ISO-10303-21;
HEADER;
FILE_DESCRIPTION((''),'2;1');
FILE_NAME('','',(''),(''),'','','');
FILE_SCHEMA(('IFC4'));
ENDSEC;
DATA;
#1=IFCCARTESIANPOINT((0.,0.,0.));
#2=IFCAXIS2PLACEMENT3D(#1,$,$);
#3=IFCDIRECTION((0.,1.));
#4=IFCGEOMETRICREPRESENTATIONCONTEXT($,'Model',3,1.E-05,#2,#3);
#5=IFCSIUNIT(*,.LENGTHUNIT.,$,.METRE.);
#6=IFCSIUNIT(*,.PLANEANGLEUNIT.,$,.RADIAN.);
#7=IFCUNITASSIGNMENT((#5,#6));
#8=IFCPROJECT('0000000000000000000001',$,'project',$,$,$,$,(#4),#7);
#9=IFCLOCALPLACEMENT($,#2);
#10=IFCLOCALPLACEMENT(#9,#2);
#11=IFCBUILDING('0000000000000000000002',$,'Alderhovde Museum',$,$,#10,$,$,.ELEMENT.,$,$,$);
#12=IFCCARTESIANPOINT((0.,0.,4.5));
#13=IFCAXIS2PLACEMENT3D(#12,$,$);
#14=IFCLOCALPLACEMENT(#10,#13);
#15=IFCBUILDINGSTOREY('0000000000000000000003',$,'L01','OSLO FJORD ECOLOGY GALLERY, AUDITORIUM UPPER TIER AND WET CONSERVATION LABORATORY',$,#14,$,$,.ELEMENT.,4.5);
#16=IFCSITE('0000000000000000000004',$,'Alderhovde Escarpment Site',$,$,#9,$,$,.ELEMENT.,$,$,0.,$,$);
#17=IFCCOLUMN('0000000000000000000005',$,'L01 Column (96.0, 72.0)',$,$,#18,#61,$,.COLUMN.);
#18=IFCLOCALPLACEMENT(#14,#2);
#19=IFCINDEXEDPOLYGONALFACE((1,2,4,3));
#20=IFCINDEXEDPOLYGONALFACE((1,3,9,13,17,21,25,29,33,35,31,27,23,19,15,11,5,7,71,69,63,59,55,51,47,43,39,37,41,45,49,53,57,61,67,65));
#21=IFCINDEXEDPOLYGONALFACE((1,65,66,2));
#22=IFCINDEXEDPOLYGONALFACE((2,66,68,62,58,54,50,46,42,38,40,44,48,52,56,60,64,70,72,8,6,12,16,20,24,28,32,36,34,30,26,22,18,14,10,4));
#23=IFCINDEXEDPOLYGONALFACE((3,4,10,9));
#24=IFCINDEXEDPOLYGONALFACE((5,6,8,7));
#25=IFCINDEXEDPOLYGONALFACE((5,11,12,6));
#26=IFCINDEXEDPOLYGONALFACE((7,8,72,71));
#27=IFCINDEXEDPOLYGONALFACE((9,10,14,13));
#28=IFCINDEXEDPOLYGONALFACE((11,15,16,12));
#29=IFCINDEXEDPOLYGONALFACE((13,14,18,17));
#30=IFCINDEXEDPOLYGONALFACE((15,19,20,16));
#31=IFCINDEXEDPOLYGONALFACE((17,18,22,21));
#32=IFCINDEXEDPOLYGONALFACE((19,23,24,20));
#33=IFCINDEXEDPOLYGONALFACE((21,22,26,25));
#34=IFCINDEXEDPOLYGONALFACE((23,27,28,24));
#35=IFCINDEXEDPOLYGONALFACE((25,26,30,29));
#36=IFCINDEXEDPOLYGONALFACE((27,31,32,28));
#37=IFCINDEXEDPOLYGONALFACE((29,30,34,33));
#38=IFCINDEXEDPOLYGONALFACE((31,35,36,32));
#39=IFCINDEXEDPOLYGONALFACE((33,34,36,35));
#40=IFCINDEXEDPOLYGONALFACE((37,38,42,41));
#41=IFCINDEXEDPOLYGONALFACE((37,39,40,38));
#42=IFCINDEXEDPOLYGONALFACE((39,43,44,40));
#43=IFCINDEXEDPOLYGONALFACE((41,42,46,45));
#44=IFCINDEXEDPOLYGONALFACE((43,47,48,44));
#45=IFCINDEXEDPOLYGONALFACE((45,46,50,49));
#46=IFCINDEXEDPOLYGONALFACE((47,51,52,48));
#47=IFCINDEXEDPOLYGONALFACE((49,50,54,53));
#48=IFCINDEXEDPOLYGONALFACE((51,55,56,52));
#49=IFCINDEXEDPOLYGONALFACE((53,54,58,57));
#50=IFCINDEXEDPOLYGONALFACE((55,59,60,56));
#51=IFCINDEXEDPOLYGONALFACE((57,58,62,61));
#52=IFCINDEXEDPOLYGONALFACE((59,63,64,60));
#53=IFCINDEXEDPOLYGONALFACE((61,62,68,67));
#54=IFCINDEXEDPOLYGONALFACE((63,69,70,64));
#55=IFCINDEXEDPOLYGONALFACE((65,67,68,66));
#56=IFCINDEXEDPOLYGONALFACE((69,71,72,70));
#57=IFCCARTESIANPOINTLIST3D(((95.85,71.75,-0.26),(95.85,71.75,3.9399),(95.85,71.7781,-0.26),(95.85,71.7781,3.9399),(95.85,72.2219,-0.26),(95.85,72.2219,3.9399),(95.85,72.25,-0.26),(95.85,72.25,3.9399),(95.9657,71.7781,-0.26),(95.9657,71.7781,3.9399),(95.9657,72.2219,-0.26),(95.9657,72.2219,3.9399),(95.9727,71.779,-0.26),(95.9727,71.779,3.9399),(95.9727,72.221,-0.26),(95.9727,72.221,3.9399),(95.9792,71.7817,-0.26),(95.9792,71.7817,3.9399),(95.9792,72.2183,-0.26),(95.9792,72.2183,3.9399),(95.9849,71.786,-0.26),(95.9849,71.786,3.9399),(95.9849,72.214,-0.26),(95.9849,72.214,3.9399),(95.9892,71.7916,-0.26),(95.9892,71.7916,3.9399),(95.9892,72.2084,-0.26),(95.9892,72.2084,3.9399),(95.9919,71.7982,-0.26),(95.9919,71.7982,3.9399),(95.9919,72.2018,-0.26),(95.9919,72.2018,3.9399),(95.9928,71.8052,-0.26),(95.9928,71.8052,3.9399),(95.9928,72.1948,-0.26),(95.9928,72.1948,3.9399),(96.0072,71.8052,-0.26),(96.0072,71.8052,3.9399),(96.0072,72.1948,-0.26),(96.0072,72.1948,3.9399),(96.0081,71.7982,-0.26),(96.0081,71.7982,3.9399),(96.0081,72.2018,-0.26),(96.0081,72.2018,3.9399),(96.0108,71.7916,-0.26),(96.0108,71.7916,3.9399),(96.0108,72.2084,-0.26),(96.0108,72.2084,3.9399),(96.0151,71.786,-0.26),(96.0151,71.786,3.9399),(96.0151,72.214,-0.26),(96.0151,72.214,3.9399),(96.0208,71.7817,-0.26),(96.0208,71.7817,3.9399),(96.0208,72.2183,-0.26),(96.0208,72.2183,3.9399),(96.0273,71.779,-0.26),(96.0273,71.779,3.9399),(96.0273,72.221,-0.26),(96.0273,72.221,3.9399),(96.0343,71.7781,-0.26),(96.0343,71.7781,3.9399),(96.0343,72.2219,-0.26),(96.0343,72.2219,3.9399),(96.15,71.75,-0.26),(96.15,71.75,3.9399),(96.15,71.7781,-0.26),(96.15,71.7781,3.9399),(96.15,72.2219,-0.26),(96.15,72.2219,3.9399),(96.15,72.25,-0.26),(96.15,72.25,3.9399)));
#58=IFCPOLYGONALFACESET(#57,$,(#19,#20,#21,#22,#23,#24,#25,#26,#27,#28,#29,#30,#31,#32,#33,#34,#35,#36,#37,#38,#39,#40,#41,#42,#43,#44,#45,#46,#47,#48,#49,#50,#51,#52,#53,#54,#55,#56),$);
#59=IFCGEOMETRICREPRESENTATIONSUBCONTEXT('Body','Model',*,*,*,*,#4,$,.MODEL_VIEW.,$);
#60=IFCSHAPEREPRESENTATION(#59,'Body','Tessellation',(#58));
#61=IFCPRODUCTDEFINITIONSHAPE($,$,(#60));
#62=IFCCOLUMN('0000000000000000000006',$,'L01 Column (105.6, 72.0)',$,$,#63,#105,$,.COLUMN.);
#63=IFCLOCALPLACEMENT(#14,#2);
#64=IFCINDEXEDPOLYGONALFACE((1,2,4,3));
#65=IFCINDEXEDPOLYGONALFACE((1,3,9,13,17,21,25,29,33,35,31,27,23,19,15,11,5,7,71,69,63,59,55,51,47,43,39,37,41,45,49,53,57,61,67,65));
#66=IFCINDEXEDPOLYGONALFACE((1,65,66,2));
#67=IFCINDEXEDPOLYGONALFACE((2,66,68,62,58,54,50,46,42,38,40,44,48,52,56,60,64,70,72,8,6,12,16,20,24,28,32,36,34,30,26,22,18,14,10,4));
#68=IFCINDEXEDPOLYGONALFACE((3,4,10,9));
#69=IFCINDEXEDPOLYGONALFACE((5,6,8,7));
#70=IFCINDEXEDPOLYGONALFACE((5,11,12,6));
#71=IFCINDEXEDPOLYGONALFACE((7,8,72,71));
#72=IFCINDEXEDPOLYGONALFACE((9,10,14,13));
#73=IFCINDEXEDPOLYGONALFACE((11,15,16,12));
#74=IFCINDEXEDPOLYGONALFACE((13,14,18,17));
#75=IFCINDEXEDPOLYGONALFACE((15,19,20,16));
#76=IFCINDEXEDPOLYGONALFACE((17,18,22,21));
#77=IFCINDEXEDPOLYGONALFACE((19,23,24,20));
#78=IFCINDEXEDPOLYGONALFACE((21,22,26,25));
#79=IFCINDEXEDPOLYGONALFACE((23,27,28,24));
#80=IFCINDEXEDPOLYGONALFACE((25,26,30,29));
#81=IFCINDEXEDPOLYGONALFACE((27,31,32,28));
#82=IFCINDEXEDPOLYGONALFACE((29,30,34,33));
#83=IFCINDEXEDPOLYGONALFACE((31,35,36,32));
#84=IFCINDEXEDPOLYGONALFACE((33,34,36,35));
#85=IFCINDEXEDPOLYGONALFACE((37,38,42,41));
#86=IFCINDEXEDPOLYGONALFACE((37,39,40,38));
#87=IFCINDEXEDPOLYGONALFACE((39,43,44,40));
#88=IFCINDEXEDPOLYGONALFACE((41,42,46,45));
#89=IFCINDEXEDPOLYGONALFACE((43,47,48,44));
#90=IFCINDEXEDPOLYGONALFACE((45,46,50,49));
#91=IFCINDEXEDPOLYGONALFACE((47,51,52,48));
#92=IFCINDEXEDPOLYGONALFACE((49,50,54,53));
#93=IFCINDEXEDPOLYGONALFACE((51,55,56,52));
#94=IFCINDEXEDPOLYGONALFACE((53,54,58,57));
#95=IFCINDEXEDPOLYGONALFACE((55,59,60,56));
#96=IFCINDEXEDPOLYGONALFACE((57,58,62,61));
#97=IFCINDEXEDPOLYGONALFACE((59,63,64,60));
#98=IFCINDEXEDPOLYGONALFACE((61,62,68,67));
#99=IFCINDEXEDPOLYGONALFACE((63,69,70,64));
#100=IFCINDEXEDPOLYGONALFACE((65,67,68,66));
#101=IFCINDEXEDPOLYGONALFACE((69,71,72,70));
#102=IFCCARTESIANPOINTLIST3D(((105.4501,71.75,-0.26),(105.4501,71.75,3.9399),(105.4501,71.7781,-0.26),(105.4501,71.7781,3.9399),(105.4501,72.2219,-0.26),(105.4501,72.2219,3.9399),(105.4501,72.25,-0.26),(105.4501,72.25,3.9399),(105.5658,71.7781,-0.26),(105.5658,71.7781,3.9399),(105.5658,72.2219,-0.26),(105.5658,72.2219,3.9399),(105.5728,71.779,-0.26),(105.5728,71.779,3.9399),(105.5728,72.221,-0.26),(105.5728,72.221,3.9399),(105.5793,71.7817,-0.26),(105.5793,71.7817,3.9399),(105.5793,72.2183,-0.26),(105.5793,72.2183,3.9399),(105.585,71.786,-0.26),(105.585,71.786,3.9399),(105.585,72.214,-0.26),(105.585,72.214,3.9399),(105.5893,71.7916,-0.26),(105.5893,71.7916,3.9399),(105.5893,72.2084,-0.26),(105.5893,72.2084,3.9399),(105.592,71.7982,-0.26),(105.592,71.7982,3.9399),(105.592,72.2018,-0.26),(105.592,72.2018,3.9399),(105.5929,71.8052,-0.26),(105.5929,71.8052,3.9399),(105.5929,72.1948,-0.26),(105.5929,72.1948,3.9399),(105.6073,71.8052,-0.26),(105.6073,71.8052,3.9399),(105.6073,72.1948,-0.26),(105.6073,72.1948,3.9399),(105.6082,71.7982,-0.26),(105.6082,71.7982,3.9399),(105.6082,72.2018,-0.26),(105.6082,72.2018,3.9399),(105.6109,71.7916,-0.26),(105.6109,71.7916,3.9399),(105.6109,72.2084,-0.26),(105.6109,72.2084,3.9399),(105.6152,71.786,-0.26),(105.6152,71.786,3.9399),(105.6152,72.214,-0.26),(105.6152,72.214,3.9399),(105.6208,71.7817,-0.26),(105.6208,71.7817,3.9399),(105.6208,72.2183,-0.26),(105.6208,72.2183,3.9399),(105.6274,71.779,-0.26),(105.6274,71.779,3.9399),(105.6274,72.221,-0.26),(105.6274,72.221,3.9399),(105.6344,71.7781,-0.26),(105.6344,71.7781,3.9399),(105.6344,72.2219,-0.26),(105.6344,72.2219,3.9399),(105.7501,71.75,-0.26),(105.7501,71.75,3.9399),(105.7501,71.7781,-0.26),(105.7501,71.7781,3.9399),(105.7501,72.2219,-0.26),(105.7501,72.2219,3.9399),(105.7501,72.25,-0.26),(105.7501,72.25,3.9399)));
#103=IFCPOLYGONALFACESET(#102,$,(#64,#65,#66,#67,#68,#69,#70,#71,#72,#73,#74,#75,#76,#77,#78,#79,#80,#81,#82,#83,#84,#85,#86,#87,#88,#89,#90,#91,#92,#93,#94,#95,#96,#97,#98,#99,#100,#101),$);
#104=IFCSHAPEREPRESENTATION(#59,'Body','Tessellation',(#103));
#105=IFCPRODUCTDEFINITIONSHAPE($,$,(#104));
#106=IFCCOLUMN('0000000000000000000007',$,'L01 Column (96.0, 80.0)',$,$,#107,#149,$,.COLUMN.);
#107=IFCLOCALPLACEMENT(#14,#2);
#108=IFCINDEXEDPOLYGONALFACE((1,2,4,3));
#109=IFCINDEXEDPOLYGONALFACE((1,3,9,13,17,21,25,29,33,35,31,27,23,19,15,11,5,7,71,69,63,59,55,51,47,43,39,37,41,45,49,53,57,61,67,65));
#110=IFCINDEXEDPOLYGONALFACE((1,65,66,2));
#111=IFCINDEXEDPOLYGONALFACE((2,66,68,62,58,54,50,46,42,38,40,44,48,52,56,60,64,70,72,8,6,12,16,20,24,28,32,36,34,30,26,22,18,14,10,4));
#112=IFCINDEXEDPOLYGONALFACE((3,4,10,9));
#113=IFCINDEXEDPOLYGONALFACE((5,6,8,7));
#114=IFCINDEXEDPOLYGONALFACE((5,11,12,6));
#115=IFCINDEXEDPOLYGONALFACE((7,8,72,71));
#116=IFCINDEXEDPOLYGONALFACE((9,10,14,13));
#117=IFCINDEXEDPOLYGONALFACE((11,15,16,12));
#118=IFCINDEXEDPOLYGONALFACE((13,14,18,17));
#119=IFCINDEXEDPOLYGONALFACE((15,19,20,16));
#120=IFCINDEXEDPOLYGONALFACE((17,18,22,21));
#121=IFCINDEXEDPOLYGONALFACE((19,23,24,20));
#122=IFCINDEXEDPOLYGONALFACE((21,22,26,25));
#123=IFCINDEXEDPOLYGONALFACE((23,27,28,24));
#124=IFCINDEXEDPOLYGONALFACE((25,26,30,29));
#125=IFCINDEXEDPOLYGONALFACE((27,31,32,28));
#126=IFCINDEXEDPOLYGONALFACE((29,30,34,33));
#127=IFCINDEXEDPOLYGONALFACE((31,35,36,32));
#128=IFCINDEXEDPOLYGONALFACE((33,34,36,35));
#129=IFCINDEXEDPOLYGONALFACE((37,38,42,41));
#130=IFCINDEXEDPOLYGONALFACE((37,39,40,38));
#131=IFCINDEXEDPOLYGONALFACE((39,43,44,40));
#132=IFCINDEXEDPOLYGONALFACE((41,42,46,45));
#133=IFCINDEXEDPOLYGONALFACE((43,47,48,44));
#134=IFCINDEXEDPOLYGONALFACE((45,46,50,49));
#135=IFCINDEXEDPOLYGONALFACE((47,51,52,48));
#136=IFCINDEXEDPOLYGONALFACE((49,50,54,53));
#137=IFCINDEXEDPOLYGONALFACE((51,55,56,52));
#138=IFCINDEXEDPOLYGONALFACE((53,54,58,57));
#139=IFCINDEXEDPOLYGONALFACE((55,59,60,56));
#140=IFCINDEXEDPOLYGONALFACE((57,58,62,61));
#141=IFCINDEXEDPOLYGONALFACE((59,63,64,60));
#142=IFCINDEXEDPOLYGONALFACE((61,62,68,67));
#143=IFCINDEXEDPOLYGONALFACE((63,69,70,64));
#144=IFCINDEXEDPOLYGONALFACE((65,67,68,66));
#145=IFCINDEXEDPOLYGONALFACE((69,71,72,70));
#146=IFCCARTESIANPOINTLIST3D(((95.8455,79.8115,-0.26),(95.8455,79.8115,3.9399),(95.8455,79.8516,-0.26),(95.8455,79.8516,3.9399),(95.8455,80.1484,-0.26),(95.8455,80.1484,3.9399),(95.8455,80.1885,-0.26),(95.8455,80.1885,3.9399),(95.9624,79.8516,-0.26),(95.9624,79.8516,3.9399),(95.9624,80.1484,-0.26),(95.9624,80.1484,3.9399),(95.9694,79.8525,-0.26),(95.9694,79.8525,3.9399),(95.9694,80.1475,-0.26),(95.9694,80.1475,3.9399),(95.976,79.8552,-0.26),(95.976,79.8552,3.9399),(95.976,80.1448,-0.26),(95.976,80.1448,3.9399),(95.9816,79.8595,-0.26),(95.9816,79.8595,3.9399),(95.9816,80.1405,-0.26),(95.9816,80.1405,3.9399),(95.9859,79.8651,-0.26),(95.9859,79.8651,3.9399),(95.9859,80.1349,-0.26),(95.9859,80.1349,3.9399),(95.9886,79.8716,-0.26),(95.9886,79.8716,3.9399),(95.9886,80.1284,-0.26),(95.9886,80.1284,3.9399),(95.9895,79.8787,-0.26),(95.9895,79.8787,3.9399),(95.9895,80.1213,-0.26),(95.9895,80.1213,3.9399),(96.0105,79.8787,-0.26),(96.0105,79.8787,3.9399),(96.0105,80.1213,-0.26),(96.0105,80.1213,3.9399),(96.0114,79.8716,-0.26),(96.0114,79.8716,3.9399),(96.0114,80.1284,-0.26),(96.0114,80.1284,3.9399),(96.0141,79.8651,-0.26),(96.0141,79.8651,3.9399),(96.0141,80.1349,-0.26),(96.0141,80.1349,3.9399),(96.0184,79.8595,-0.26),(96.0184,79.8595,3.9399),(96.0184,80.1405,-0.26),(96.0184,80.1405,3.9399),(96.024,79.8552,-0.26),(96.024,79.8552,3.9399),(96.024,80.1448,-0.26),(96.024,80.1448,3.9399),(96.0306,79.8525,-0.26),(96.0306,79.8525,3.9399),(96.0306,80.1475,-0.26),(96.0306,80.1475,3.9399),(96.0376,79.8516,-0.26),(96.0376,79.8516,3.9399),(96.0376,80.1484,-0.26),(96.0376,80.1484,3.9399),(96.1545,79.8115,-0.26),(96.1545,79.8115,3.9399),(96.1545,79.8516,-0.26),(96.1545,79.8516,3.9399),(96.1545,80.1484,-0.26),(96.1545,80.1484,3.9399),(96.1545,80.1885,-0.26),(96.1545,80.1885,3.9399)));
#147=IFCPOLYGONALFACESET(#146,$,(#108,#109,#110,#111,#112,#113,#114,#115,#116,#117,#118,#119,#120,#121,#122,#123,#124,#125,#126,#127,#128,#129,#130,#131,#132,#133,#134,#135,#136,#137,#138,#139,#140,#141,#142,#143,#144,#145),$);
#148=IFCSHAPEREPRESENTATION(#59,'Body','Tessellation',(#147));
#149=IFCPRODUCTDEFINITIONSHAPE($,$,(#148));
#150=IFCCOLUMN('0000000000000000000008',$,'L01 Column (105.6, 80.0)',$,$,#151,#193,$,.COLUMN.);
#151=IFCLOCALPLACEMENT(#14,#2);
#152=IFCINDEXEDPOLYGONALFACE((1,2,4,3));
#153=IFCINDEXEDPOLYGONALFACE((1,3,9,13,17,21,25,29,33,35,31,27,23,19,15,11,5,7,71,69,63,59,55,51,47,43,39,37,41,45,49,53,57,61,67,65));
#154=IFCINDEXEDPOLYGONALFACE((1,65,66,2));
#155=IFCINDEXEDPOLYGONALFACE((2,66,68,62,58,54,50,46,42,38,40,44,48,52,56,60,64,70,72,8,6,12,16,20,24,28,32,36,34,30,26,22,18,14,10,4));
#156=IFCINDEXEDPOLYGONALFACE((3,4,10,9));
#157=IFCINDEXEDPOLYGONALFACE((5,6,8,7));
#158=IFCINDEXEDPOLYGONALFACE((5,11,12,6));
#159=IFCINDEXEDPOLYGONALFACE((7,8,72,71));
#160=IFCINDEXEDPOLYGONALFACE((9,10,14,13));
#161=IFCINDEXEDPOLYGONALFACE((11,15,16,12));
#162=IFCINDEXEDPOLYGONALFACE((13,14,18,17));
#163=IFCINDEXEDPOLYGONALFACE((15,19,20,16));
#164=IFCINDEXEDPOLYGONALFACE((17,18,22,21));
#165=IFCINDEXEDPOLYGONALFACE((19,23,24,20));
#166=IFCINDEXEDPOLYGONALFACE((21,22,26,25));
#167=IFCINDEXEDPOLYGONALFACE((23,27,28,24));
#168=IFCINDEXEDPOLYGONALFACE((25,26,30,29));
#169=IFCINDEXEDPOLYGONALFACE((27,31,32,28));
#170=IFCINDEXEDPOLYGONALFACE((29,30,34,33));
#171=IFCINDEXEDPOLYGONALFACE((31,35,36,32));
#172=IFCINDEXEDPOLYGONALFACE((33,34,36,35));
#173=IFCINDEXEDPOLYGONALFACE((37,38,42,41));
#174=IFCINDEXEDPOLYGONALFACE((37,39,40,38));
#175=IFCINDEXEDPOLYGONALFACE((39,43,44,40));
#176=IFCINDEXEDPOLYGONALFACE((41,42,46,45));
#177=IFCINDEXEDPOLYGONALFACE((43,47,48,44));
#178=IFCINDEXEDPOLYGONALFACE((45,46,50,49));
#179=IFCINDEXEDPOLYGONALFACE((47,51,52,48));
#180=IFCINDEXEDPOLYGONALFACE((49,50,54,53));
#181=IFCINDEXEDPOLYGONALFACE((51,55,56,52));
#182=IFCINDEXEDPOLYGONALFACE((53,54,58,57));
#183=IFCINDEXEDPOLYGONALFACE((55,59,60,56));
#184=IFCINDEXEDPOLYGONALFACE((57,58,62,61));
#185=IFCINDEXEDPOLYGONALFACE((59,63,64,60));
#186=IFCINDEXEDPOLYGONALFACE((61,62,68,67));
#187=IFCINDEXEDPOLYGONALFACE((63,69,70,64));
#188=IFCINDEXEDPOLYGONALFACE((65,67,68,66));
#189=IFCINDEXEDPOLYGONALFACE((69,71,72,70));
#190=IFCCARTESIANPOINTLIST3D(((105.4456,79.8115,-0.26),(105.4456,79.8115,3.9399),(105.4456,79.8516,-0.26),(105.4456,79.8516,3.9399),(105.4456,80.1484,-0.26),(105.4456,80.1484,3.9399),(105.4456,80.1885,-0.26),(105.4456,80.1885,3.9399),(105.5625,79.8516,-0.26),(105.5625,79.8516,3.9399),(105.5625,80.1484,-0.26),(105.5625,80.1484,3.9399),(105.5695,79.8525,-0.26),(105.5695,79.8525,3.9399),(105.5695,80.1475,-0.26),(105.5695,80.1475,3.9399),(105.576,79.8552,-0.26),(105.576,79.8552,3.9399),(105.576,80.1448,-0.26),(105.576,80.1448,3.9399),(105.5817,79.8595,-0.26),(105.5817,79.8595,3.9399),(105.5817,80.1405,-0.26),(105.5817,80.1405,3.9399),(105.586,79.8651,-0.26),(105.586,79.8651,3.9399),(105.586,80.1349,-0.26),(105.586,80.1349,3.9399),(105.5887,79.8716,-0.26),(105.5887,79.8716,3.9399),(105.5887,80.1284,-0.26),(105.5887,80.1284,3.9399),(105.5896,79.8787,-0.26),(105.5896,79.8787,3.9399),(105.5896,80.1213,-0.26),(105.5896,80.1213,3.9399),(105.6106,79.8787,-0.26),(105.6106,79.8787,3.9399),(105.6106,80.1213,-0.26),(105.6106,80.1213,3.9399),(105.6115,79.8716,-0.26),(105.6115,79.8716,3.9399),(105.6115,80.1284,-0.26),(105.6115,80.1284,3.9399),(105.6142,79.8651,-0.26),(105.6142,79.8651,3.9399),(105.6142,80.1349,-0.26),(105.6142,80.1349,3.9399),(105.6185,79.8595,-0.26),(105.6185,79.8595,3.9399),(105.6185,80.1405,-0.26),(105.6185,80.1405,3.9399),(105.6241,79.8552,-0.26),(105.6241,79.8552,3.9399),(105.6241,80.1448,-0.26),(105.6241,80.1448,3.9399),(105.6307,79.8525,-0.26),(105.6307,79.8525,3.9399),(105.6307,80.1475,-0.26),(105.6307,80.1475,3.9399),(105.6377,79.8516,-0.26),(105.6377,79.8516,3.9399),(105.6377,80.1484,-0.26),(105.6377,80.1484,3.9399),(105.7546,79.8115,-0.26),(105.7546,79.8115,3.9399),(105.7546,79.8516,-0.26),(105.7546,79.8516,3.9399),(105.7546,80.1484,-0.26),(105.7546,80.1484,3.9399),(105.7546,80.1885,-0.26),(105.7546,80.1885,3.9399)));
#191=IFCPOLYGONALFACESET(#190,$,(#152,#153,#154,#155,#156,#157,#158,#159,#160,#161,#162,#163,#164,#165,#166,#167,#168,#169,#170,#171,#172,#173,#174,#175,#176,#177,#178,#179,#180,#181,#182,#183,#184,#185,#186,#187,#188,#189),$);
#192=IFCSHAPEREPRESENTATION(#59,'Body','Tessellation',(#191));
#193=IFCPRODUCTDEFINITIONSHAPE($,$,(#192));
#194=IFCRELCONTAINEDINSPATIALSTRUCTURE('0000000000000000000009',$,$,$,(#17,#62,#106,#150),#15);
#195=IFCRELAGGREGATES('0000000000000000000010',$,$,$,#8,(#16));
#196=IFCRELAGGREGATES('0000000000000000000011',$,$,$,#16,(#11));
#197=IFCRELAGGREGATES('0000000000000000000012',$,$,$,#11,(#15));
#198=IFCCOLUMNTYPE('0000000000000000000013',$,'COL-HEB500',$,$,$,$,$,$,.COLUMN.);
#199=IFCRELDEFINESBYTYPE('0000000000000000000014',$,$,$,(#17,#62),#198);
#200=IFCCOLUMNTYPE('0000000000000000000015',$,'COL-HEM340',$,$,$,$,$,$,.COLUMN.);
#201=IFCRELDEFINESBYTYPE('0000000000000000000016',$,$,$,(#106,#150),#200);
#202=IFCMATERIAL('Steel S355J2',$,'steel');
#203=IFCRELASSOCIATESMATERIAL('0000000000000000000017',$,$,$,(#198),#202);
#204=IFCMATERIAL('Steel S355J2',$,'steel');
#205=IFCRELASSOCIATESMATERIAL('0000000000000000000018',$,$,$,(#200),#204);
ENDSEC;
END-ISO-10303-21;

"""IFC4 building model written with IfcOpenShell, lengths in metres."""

from ifc_helpers import new_model, si_unit, direction, frame, origin, origin_2d, place, context, subcontext, project, spatial, i_section, extrude, material, material_profile, profile_set, type_object, element, save


model = new_model("IFC4")

# Units and contexts
model_context = context("Model", 3, precision=1e-05, world=origin(), true_north=direction((0.0, 1.0)))
body_context = subcontext(model_context, "Body", "Model", "MODEL_VIEW")
ifc_project = project(units=[si_unit("LENGTHUNIT", "METRE"), si_unit("PLANEANGLEUNIT", "RADIAN")], contexts=[model_context])

# Site, building, storey
site_placement = place(None, origin())
site = spatial("IfcSite", under=ifc_project, at=site_placement, Name="Alderhovde Escarpment Site", CompositionType="ELEMENT", RefElevation=0.0)
building_placement = place(site_placement, origin())
building = spatial("IfcBuilding", under=site, at=building_placement, Name="Alderhovde Museum", CompositionType="ELEMENT")
storey_placement = place(building_placement, frame((0.0, 0.0, 4.5)))
storey = spatial("IfcBuildingStorey", under=building, at=storey_placement, Name="L01", Description="OSLO FJORD ECOLOGY GALLERY, AUDITORIUM UPPER TIER AND WET CONSERVATION LABORATORY", CompositionType="ELEMENT", Elevation=4.5)

# Columns
ifc_material_1 = material(Name="Steel S355J2", Category="steel")
ifc_material_profile_1 = material_profile(ifc_material_1, i_section(OverallWidth=0.3, OverallDepth=0.5, WebThickness=0.0144, FlangeThickness=0.0281, FilletRadius=0.0271, at=origin_2d()), Name="HEB 500")
ifc_profile_set_1 = profile_set([ifc_material_profile_1], Name="Steel S355J2")
column_type_1 = type_object("IfcColumnType", Name="COL-HEB500", PredefinedType="COLUMN", material=ifc_profile_set_1)
for number, where, z_axis, x_axis, name in (
    (1, (96.0, 72.0, -0.26), (0.0, 0.0, 1.0), (1.0, 0.0, 0.0), "L01 Column (96.0, 72.0)"),
    (2, (105.6001, 72.0, -0.26), (0.0, 0.0, 1.0), (1.0, 0.0, 0.0), "L01 Column (105.6, 72.0)"),
):
    element("IfcColumn", number, at=place(storey_placement, frame(where, z_axis=z_axis, x_axis=x_axis)), inside=storey, type_object=column_type_1, Name=name, PredefinedType="COLUMN", context=body_context, shape_type="SweptSolid", body=[
        extrude(i_section(OverallWidth=0.3, OverallDepth=0.5, WebThickness=0.0144, FlangeThickness=0.0281, FilletRadius=0.0271, at=origin_2d()), origin(), (0.0, 0.0, 1.0), 4.2),
    ])
ifc_material_2 = material(Name="Steel S355J2", Category="steel")
ifc_material_profile_2 = material_profile(ifc_material_2, i_section(OverallWidth=0.3091, OverallDepth=0.377, WebThickness=0.021, FlangeThickness=0.04, FilletRadius=0.0271, at=origin_2d()), Name="HEM 340")
ifc_profile_set_2 = profile_set([ifc_material_profile_2], Name="Steel S355J2")
column_type_2 = type_object("IfcColumnType", Name="COL-HEM340", PredefinedType="COLUMN", material=ifc_profile_set_2)
for number, where, z_axis, x_axis, name in (
    (3, (96.0, 80.0, -0.26), (0.0, 0.0, 1.0), (1.0, 0.0, 0.0), "L01 Column (96.0, 80.0)"),
    (4, (105.6001, 80.0, -0.26), (0.0, 0.0, 1.0), (1.0, 0.0, 0.0), "L01 Column (105.6, 80.0)"),
):
    element("IfcColumn", number, at=place(storey_placement, frame(where, z_axis=z_axis, x_axis=x_axis)), inside=storey, type_object=column_type_2, Name=name, PredefinedType="COLUMN", context=body_context, shape_type="SweptSolid", body=[
        extrude(i_section(OverallWidth=0.3091, OverallDepth=0.377, WebThickness=0.021, FlangeThickness=0.04, FilletRadius=0.0271, at=origin_2d()), origin(), (0.0, 0.0, 1.0), 4.2),
    ])

save(model, "model.ifc")
